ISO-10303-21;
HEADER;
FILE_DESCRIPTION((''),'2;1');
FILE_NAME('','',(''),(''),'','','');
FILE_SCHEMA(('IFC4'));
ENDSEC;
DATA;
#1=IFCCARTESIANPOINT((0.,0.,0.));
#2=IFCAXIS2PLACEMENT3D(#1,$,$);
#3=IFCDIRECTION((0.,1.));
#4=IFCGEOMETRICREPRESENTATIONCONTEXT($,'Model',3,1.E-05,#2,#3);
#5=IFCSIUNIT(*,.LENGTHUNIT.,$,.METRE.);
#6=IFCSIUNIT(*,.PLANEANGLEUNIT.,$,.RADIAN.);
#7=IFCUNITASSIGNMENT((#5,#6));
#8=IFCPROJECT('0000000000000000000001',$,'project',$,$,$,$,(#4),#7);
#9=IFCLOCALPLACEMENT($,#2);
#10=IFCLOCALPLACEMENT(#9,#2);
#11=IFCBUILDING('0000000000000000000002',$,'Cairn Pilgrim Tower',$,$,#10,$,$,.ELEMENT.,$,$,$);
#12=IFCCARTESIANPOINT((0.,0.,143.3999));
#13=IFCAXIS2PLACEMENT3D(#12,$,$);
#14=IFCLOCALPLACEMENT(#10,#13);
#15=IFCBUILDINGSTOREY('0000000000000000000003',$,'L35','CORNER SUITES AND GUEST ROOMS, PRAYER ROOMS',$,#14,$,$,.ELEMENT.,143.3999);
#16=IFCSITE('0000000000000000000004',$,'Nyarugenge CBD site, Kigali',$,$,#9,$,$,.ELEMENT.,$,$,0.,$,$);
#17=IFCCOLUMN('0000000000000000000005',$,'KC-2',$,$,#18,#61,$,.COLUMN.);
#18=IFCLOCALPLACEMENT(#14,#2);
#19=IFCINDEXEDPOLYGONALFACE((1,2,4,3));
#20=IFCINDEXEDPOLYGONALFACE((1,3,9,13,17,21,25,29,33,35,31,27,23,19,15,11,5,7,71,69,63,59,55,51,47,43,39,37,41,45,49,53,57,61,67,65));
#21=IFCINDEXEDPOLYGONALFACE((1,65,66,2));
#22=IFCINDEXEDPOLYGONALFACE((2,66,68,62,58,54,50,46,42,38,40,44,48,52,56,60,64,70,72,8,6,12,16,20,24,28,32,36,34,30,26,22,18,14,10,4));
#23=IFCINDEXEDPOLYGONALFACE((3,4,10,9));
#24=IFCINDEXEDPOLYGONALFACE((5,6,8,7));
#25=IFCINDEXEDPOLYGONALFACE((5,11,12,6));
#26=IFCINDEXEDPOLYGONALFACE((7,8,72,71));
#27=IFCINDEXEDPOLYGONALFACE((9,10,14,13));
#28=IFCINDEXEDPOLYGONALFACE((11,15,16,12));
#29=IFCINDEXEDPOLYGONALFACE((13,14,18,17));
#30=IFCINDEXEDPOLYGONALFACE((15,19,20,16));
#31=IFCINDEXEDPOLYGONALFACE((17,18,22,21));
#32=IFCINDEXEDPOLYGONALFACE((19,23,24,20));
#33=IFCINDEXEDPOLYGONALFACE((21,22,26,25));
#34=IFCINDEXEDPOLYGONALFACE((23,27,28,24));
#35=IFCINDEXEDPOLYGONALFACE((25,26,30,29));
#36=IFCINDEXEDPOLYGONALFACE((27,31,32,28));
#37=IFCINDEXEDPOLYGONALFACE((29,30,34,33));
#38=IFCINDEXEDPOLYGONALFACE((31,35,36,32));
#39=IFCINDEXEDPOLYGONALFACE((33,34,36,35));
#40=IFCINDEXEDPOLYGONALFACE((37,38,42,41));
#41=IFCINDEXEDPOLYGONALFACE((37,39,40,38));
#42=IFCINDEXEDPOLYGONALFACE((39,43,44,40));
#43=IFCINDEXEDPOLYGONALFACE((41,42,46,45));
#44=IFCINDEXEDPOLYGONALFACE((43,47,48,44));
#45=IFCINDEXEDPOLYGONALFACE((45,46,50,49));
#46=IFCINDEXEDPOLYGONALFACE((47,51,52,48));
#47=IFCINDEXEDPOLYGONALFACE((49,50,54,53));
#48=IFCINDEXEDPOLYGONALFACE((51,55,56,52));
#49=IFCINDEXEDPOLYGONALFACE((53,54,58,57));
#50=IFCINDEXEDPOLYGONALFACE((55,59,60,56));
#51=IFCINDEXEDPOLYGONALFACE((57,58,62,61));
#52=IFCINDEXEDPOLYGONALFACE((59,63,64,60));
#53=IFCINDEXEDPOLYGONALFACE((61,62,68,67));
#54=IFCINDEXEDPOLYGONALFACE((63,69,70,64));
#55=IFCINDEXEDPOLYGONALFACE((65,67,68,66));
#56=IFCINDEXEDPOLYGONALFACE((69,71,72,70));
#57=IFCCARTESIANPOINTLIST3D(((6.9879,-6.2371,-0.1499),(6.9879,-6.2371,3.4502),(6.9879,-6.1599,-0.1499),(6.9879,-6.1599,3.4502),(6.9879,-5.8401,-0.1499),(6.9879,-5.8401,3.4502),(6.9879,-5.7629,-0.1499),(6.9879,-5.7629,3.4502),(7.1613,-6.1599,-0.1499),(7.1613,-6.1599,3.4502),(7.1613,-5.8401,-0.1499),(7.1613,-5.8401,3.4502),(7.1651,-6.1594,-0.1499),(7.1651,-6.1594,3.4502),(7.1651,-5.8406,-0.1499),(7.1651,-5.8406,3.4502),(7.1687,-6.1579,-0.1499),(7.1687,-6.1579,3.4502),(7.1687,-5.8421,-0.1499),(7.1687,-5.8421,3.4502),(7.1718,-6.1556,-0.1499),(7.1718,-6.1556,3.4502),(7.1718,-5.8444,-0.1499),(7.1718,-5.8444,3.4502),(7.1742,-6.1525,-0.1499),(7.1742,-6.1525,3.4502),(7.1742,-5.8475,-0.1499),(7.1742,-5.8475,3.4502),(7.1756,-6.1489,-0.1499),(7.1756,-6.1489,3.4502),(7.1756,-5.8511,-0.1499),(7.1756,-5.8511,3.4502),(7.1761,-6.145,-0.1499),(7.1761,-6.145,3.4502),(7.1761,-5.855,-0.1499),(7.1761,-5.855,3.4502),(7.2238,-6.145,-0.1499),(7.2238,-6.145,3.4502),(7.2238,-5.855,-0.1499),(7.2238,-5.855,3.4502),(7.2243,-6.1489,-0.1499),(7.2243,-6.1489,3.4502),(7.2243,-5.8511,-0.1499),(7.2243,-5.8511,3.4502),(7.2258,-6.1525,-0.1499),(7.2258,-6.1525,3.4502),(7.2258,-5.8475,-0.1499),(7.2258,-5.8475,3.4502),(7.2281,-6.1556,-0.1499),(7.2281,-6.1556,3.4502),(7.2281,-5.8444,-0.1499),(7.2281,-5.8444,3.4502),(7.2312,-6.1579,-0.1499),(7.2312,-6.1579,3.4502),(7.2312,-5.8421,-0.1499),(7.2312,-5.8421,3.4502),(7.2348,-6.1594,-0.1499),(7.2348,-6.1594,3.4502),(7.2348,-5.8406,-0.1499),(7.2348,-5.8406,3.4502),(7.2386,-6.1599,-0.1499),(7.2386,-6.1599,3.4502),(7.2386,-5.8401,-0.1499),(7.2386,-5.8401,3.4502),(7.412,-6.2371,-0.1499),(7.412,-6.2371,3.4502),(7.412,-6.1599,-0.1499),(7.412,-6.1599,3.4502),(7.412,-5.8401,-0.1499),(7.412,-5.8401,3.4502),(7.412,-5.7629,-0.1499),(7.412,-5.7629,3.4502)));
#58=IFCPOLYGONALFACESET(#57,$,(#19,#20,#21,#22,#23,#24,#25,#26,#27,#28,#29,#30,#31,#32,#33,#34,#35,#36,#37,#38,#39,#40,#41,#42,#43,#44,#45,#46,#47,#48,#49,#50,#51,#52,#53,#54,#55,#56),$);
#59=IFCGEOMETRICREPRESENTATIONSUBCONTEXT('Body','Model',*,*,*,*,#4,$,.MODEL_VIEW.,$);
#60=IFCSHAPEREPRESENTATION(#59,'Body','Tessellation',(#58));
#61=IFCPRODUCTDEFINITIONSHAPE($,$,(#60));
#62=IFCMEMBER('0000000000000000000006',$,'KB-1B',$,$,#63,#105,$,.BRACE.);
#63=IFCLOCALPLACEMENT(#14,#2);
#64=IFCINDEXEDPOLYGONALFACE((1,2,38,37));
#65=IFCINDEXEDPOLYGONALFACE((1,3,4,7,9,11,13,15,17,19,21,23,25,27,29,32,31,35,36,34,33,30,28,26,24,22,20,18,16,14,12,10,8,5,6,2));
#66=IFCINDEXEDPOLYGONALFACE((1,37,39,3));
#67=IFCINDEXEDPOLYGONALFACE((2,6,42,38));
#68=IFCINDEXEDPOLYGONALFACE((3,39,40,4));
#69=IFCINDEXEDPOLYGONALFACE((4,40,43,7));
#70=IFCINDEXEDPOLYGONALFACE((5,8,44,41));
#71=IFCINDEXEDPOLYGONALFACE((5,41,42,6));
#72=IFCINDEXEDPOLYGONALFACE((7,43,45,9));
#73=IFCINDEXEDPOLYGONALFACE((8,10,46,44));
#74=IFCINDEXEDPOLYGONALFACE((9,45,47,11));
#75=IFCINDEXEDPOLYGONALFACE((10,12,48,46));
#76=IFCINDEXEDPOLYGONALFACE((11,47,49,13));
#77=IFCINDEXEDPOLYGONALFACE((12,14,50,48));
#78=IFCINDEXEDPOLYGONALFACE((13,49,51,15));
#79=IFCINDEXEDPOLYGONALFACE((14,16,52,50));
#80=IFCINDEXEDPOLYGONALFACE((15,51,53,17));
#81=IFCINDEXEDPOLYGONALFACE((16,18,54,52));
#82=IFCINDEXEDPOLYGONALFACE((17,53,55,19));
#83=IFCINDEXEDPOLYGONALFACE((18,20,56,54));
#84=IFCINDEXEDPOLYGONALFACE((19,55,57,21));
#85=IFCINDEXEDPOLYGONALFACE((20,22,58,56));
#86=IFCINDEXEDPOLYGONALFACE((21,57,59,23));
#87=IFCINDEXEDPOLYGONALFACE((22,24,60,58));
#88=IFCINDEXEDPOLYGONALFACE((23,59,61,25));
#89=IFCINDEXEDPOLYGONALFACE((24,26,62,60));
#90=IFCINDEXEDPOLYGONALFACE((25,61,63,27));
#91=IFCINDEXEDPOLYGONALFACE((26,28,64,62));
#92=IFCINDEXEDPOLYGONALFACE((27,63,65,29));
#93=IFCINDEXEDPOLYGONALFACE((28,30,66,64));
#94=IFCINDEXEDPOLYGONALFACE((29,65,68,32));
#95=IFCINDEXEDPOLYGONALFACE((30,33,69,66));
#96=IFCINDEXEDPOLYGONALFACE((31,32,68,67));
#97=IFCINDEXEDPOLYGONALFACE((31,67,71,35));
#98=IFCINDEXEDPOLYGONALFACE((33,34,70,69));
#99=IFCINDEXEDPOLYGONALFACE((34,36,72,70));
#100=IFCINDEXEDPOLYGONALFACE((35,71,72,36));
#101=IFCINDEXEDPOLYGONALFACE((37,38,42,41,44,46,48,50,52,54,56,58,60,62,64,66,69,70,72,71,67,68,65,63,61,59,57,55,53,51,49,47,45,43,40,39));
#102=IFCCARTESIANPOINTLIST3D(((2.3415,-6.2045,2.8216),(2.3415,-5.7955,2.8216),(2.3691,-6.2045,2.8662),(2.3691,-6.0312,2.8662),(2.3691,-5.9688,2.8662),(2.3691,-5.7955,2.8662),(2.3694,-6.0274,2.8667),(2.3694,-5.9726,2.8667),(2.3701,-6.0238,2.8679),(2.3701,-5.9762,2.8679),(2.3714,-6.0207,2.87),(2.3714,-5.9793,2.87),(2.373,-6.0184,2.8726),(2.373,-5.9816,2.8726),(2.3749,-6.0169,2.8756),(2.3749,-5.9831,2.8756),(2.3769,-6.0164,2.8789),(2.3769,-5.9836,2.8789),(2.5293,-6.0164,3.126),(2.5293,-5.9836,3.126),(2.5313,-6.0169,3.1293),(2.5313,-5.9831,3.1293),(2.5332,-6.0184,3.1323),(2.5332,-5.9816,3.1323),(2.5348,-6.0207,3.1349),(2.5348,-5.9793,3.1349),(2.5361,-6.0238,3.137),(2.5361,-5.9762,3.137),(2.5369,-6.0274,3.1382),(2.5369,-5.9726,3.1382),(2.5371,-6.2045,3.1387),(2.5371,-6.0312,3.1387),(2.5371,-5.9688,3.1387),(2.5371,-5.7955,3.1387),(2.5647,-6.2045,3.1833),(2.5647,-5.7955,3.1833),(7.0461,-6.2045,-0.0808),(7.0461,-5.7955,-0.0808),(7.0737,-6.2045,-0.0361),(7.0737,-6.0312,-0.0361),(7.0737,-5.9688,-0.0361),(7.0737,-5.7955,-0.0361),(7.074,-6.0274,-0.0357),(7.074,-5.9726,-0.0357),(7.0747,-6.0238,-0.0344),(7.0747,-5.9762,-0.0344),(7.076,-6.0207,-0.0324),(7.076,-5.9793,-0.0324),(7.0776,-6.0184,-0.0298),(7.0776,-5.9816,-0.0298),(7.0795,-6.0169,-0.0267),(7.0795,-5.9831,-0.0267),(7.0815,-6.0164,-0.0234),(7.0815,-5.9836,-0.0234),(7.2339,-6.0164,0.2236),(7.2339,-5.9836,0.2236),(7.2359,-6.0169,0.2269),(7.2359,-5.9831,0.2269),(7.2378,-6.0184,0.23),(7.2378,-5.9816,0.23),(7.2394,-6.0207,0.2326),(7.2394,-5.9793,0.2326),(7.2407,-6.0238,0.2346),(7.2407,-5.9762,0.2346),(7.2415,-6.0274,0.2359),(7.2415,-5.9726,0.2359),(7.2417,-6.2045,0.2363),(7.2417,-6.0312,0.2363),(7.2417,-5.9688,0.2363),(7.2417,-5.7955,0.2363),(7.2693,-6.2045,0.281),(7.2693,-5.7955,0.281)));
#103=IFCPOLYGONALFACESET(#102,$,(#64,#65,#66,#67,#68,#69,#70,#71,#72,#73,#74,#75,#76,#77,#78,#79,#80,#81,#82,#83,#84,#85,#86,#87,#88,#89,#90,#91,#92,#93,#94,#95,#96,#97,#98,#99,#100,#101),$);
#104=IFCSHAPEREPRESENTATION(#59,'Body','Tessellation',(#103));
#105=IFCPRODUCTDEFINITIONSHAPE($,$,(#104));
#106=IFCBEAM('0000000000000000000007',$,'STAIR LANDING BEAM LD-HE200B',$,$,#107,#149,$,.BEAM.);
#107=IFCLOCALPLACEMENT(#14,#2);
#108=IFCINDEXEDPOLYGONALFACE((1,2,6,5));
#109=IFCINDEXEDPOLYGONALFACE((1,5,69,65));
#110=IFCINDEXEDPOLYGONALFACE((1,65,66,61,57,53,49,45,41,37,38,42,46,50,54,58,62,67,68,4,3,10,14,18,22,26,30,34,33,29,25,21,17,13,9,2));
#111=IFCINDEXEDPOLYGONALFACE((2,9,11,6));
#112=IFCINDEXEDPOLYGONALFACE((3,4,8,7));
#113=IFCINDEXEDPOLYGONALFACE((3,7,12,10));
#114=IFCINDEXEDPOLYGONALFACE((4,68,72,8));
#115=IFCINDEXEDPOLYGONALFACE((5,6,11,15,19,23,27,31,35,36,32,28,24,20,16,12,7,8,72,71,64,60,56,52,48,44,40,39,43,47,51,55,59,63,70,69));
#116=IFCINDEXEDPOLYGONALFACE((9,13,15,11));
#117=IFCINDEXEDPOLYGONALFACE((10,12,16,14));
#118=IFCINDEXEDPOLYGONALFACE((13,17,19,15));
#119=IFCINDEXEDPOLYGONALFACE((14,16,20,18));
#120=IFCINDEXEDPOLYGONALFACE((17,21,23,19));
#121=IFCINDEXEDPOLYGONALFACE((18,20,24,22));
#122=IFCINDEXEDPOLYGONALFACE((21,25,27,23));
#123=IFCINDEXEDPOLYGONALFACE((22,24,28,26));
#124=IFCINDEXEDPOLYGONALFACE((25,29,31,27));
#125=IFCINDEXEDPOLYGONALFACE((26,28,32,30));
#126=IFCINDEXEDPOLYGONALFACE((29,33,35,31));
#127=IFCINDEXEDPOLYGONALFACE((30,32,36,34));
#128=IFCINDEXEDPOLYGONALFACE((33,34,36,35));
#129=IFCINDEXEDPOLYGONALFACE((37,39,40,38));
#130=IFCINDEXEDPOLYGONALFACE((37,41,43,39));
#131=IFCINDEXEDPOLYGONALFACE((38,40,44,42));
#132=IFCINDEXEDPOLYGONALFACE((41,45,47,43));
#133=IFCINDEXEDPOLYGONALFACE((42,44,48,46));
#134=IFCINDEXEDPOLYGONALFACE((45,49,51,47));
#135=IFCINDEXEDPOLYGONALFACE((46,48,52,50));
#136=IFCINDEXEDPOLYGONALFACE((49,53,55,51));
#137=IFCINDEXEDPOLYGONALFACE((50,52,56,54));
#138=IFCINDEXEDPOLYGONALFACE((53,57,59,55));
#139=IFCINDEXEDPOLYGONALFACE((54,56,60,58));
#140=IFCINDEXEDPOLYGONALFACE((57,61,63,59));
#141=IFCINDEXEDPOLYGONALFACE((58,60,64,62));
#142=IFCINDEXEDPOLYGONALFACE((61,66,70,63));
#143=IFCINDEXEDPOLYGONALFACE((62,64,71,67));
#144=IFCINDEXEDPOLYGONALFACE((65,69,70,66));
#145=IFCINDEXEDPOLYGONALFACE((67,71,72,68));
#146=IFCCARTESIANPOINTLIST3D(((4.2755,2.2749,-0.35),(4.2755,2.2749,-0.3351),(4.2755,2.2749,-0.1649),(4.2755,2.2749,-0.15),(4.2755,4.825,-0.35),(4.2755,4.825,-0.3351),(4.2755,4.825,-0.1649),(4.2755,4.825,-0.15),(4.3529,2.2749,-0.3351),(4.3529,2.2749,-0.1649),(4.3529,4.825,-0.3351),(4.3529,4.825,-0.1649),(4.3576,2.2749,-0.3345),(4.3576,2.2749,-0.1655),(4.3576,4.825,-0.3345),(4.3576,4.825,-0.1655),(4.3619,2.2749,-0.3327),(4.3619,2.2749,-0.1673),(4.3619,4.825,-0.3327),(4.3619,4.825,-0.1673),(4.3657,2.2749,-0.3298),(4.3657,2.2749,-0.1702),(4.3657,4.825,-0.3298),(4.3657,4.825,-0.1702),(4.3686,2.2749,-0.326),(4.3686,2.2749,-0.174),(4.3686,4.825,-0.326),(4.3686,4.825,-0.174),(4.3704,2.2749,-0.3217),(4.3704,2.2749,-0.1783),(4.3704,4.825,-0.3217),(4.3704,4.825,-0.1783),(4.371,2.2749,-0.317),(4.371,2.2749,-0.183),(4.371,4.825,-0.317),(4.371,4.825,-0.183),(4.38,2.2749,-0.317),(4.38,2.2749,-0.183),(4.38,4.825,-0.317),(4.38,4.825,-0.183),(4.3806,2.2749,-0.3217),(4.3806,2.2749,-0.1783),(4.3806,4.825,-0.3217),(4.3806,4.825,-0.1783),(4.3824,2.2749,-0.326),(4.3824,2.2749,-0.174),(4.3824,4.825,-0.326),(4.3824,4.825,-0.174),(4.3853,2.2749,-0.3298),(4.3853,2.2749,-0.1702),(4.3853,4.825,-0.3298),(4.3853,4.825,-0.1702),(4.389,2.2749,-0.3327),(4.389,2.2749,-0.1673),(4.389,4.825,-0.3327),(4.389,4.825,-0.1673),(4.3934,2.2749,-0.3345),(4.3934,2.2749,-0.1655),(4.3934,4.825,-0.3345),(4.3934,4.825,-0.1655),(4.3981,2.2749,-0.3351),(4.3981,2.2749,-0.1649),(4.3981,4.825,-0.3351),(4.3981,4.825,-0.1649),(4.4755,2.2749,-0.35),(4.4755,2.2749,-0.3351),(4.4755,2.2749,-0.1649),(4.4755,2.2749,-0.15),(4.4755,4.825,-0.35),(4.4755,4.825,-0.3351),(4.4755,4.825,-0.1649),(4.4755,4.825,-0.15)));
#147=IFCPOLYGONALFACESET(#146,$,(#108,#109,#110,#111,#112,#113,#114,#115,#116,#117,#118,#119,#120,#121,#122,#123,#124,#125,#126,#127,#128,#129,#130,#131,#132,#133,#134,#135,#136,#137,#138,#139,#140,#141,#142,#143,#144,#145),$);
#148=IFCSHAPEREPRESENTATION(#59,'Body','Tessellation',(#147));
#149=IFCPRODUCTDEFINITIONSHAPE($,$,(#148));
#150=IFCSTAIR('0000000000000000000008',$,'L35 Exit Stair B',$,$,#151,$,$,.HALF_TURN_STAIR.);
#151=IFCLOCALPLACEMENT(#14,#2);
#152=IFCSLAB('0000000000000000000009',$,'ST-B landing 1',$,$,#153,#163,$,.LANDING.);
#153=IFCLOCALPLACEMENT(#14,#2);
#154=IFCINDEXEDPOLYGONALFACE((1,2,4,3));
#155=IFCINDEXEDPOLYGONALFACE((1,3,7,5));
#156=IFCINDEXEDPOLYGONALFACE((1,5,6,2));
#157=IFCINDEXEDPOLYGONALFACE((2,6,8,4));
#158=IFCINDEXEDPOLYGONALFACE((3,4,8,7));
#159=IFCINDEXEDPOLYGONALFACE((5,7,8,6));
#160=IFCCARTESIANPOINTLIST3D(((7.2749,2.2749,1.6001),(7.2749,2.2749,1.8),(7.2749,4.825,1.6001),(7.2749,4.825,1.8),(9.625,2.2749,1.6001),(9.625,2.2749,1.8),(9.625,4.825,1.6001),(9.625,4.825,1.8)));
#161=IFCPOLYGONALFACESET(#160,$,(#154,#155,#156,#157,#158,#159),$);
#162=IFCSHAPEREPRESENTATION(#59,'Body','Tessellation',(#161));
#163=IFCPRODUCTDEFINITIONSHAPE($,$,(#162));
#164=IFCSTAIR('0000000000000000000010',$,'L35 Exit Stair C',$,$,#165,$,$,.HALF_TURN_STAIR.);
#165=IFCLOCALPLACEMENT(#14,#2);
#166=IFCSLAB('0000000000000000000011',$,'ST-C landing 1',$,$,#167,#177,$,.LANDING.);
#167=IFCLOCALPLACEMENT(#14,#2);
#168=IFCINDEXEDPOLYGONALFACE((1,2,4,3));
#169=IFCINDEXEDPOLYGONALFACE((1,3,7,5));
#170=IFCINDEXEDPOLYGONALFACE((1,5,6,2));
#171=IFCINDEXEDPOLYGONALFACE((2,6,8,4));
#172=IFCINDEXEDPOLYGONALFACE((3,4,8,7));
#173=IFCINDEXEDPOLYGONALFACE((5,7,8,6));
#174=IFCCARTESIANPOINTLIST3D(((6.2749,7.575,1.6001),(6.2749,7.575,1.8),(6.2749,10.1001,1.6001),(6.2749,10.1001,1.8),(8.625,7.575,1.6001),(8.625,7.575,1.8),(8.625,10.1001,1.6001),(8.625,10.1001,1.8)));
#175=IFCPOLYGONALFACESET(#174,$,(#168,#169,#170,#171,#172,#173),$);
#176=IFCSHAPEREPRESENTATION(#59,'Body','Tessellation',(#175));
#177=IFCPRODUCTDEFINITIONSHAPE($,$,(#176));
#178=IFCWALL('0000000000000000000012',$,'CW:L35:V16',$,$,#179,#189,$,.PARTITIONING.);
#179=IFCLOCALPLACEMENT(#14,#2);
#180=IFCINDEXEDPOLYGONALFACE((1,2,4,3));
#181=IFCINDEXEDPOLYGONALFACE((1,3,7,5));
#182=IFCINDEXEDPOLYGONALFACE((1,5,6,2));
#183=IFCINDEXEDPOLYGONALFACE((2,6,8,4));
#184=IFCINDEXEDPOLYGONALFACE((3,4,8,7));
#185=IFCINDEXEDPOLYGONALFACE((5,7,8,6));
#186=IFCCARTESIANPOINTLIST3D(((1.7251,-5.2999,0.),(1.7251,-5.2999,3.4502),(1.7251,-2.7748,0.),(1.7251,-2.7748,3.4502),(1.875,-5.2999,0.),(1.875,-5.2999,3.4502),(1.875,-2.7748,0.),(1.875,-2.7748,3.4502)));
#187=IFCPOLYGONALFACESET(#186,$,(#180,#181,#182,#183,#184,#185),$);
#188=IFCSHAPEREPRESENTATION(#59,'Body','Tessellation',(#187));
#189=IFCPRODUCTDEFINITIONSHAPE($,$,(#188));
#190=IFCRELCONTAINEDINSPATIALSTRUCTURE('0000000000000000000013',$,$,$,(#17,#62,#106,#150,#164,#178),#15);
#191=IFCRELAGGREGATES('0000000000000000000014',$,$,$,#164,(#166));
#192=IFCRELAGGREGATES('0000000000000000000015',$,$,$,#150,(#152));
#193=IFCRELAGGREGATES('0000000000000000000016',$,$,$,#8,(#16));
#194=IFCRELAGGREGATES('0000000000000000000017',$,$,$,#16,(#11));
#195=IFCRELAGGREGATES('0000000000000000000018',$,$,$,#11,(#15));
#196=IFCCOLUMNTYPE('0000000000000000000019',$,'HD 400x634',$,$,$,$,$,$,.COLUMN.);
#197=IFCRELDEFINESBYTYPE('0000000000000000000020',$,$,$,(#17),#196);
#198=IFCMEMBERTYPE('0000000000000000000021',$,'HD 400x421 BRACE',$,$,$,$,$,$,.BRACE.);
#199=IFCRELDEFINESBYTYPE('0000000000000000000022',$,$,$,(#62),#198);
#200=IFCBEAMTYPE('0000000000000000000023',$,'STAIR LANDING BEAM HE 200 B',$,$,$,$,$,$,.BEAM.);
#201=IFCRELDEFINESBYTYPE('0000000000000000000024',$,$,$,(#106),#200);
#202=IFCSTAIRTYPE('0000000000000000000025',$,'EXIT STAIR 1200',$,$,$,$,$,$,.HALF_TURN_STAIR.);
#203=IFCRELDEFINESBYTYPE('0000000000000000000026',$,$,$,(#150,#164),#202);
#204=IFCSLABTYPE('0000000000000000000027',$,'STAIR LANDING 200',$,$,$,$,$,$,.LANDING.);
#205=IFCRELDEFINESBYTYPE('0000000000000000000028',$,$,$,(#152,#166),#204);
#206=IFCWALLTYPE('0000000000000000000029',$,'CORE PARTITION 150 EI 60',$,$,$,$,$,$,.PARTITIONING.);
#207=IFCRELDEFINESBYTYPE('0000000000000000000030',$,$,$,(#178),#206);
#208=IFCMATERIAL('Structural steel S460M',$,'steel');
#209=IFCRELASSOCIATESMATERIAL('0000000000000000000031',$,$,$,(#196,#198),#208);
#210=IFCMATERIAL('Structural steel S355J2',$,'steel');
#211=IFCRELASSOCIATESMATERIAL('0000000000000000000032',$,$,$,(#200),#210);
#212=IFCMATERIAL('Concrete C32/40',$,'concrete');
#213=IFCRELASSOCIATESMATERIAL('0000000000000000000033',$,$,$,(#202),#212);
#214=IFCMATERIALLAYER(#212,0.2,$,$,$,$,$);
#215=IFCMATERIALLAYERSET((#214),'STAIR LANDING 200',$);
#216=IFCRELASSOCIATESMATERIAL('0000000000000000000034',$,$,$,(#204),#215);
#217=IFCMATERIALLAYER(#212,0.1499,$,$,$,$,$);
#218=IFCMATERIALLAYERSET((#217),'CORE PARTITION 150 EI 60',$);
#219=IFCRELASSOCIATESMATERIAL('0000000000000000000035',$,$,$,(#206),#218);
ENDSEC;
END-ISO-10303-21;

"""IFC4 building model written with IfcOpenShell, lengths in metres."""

from ifc_helpers import new_model, si_unit, direction, frame, frame_2d, origin, origin_2d, place, context, subcontext, project, spatial, polyline, rectangle, i_section, outline, extrude, material, layer, layer_set, material_profile, profile_set, type_object, element, aggregate, save


model = new_model("IFC4")

# Units and contexts
model_context = context("Model", 3, precision=1e-05, world=origin(), true_north=direction((0.0, 1.0)))
body_context = subcontext(model_context, "Body", "Model", "MODEL_VIEW")
ifc_project = project(units=[si_unit("LENGTHUNIT", "METRE"), si_unit("PLANEANGLEUNIT", "RADIAN")], contexts=[model_context])

# Site, building, storey
site_placement = place(None, origin())
site = spatial("IfcSite", under=ifc_project, at=site_placement, Name="Nyarugenge CBD site, Kigali", CompositionType="ELEMENT", RefElevation=0.0)
building_placement = place(site_placement, origin())
building = spatial("IfcBuilding", under=site, at=building_placement, Name="Cairn Pilgrim Tower", CompositionType="ELEMENT")
storey_placement = place(building_placement, frame((0.0, 0.0, 143.3999)))
storey = spatial("IfcBuildingStorey", under=building, at=storey_placement, Name="L35", Description="CORNER SUITES AND GUEST ROOMS, PRAYER ROOMS", CompositionType="ELEMENT", Elevation=143.3999)

# Column
ifc_material_1 = material(Name="Structural steel S460M", Category="steel")
ifc_material_profile_1 = material_profile(ifc_material_1, i_section(OverallWidth=0.4241, OverallDepth=0.4741, WebThickness=0.0476, FlangeThickness=0.0771, FilletRadius=0.0149, at=origin_2d()), Name="HD 400x634")
ifc_profile_set_1 = profile_set([ifc_material_profile_1], Name="Structural steel S460M")
column_type = type_object("IfcColumnType", Name="HD 400x634", PredefinedType="COLUMN", material=ifc_profile_set_1)
column_placement = place(storey_placement, frame((7.2, -6.0, -0.1499), z_axis=(0.0, 0.0, 1.0), x_axis=(1.0, 0.0, 0.0)))
element("IfcColumn", 1, at=column_placement, inside=storey, type_object=column_type, Name="KC-2", PredefinedType="COLUMN", context=body_context, shape_type="SweptSolid", body=[
    extrude(i_section(OverallWidth=0.4241, OverallDepth=0.4741, WebThickness=0.0476, FlangeThickness=0.0771, FilletRadius=0.0149, at=origin_2d()), origin(), (0.0, 0.0, 1.0), 3.6001),
])

# Member
ifc_material_profile_2 = material_profile(ifc_material_1, i_section(OverallWidth=0.4089, OverallDepth=0.425, WebThickness=0.0327, FlangeThickness=0.0525, FilletRadius=0.0149, at=origin_2d()), Name="HD 400x421")
ifc_profile_set_2 = profile_set([ifc_material_profile_2], Name="Structural steel S460M")
member_type = type_object("IfcMemberType", Name="HD 400x421 BRACE", PredefinedType="BRACE", material=ifc_profile_set_2)
member_placement = place(storey_placement, frame((7.1577, -6.0, 0.1001), z_axis=(-0.851075, 0.0, 0.525043), x_axis=(0.0, -1.0, 0.0)))
element("IfcMember", 2, at=member_placement, inside=storey, type_object=member_type, Name="KB-1B", PredefinedType="BRACE", context=body_context, shape_type="SweptSolid", body=[
    extrude(i_section(OverallWidth=0.4089, OverallDepth=0.425, WebThickness=0.0327, FlangeThickness=0.0525, FilletRadius=0.0149, at=origin_2d()), origin(), (0.0, 0.0, 1.0), 5.5278),
])

# Beam
ifc_material_2 = material(Name="Structural steel S355J2", Category="steel")
ifc_material_profile_3 = material_profile(ifc_material_2, i_section(OverallWidth=0.2, OverallDepth=0.2, WebThickness=0.009, FlangeThickness=0.0149, FilletRadius=0.0181, at=origin_2d()), Name="HE 200 B")
ifc_profile_set_3 = profile_set([ifc_material_profile_3], Name="Structural steel S355J2")
beam_type = type_object("IfcBeamType", Name="STAIR LANDING BEAM HE 200 B", PredefinedType="BEAM", material=ifc_profile_set_3)
beam_placement = place(storey_placement, frame((4.3755, 2.2749, -0.25), z_axis=(0.0, 1.0, 0.0), x_axis=(-1.0, 0.0, 0.0)))
element("IfcBeam", 3, at=beam_placement, inside=storey, type_object=beam_type, Name="STAIR LANDING BEAM LD-HE200B", PredefinedType="BEAM", context=body_context, shape_type="SweptSolid", body=[
    extrude(i_section(OverallWidth=0.2, OverallDepth=0.2, WebThickness=0.009, FlangeThickness=0.0149, FilletRadius=0.0181, at=origin_2d()), origin(), (0.0, 0.0, 1.0), 2.55),
])

# Stairs, slabs
ifc_material_3 = material(Name="Concrete C32/40", Category="concrete")
stair_type = type_object("IfcStairType", Name="EXIT STAIR 1200", PredefinedType="HALF_TURN_STAIR", material=ifc_material_3)
stair_1_placement = place(storey_placement, origin())
stair_1 = element("IfcStair", 4, at=stair_1_placement, inside=storey, type_object=stair_type, Name="L35 Exit Stair B", PredefinedType="HALF_TURN_STAIR")
ifc_layer_1 = layer(ifc_material_3, 0.2)
ifc_layer_set_1 = layer_set([ifc_layer_1], Name="STAIR LANDING 200")
slab_type = type_object("IfcSlabType", Name="STAIR LANDING 200", PredefinedType="LANDING", material=ifc_layer_set_1)
slab_1_placement = place(storey_placement, frame((0.0, 0.0, 1.6001)))
slab_1 = element("IfcSlab", 5, at=slab_1_placement, type_object=slab_type, Name="ST-B landing 1", PredefinedType="LANDING", context=body_context, shape_type="SweptSolid", body=[
    extrude(outline(polyline([(7.2749, 2.2749), (9.625, 2.2749), (9.625, 4.825), (7.2749, 4.825), (7.2749, 2.2749)])), origin(), (0.0, 0.0, 1.0), 0.2),
])
stair_2_placement = place(storey_placement, origin())
stair_2 = element("IfcStair", 6, at=stair_2_placement, inside=storey, type_object=stair_type, Name="L35 Exit Stair C", PredefinedType="HALF_TURN_STAIR")
slab_2_placement = place(storey_placement, frame((0.0, 0.0, 1.6001)))
slab_2 = element("IfcSlab", 7, at=slab_2_placement, type_object=slab_type, Name="ST-C landing 1", PredefinedType="LANDING", context=body_context, shape_type="SweptSolid", body=[
    extrude(outline(polyline([(8.625, 10.1001), (6.2749, 10.1001), (6.2749, 7.575), (8.625, 7.575), (8.625, 10.1001)])), origin(), (0.0, 0.0, 1.0), 0.2),
])
aggregate(stair_2, [slab_2])

# Wall
ifc_layer_2 = layer(ifc_material_3, 0.1499)
ifc_layer_set_2 = layer_set([ifc_layer_2], Name="CORE PARTITION 150 EI 60")
wall_type_1 = type_object("IfcWallType", Name="CORE PARTITION 150 EI 60", PredefinedType="PARTITIONING", material=ifc_layer_set_2)
wall_1_placement = place(storey_placement, frame((1.8, -5.3, 0.0), z_axis=(0.0, 0.0, 1.0), x_axis=(0.0, 1.0, 0.0)))
element("IfcWall", 8, at=wall_1_placement, inside=storey, type_object=wall_type_1, Name="CW:L35:V16", PredefinedType="PARTITIONING", context=body_context, shape_type="SweptSolid", body=[
    extrude(rectangle(XDim=2.5251, YDim=0.1499, at=frame_2d((1.2627, 0.0))), origin(), (0.0, 0.0, 1.0), 3.4502),
])

aggregate(stair_1, [slab_1])

save(model, "model.ifc")
